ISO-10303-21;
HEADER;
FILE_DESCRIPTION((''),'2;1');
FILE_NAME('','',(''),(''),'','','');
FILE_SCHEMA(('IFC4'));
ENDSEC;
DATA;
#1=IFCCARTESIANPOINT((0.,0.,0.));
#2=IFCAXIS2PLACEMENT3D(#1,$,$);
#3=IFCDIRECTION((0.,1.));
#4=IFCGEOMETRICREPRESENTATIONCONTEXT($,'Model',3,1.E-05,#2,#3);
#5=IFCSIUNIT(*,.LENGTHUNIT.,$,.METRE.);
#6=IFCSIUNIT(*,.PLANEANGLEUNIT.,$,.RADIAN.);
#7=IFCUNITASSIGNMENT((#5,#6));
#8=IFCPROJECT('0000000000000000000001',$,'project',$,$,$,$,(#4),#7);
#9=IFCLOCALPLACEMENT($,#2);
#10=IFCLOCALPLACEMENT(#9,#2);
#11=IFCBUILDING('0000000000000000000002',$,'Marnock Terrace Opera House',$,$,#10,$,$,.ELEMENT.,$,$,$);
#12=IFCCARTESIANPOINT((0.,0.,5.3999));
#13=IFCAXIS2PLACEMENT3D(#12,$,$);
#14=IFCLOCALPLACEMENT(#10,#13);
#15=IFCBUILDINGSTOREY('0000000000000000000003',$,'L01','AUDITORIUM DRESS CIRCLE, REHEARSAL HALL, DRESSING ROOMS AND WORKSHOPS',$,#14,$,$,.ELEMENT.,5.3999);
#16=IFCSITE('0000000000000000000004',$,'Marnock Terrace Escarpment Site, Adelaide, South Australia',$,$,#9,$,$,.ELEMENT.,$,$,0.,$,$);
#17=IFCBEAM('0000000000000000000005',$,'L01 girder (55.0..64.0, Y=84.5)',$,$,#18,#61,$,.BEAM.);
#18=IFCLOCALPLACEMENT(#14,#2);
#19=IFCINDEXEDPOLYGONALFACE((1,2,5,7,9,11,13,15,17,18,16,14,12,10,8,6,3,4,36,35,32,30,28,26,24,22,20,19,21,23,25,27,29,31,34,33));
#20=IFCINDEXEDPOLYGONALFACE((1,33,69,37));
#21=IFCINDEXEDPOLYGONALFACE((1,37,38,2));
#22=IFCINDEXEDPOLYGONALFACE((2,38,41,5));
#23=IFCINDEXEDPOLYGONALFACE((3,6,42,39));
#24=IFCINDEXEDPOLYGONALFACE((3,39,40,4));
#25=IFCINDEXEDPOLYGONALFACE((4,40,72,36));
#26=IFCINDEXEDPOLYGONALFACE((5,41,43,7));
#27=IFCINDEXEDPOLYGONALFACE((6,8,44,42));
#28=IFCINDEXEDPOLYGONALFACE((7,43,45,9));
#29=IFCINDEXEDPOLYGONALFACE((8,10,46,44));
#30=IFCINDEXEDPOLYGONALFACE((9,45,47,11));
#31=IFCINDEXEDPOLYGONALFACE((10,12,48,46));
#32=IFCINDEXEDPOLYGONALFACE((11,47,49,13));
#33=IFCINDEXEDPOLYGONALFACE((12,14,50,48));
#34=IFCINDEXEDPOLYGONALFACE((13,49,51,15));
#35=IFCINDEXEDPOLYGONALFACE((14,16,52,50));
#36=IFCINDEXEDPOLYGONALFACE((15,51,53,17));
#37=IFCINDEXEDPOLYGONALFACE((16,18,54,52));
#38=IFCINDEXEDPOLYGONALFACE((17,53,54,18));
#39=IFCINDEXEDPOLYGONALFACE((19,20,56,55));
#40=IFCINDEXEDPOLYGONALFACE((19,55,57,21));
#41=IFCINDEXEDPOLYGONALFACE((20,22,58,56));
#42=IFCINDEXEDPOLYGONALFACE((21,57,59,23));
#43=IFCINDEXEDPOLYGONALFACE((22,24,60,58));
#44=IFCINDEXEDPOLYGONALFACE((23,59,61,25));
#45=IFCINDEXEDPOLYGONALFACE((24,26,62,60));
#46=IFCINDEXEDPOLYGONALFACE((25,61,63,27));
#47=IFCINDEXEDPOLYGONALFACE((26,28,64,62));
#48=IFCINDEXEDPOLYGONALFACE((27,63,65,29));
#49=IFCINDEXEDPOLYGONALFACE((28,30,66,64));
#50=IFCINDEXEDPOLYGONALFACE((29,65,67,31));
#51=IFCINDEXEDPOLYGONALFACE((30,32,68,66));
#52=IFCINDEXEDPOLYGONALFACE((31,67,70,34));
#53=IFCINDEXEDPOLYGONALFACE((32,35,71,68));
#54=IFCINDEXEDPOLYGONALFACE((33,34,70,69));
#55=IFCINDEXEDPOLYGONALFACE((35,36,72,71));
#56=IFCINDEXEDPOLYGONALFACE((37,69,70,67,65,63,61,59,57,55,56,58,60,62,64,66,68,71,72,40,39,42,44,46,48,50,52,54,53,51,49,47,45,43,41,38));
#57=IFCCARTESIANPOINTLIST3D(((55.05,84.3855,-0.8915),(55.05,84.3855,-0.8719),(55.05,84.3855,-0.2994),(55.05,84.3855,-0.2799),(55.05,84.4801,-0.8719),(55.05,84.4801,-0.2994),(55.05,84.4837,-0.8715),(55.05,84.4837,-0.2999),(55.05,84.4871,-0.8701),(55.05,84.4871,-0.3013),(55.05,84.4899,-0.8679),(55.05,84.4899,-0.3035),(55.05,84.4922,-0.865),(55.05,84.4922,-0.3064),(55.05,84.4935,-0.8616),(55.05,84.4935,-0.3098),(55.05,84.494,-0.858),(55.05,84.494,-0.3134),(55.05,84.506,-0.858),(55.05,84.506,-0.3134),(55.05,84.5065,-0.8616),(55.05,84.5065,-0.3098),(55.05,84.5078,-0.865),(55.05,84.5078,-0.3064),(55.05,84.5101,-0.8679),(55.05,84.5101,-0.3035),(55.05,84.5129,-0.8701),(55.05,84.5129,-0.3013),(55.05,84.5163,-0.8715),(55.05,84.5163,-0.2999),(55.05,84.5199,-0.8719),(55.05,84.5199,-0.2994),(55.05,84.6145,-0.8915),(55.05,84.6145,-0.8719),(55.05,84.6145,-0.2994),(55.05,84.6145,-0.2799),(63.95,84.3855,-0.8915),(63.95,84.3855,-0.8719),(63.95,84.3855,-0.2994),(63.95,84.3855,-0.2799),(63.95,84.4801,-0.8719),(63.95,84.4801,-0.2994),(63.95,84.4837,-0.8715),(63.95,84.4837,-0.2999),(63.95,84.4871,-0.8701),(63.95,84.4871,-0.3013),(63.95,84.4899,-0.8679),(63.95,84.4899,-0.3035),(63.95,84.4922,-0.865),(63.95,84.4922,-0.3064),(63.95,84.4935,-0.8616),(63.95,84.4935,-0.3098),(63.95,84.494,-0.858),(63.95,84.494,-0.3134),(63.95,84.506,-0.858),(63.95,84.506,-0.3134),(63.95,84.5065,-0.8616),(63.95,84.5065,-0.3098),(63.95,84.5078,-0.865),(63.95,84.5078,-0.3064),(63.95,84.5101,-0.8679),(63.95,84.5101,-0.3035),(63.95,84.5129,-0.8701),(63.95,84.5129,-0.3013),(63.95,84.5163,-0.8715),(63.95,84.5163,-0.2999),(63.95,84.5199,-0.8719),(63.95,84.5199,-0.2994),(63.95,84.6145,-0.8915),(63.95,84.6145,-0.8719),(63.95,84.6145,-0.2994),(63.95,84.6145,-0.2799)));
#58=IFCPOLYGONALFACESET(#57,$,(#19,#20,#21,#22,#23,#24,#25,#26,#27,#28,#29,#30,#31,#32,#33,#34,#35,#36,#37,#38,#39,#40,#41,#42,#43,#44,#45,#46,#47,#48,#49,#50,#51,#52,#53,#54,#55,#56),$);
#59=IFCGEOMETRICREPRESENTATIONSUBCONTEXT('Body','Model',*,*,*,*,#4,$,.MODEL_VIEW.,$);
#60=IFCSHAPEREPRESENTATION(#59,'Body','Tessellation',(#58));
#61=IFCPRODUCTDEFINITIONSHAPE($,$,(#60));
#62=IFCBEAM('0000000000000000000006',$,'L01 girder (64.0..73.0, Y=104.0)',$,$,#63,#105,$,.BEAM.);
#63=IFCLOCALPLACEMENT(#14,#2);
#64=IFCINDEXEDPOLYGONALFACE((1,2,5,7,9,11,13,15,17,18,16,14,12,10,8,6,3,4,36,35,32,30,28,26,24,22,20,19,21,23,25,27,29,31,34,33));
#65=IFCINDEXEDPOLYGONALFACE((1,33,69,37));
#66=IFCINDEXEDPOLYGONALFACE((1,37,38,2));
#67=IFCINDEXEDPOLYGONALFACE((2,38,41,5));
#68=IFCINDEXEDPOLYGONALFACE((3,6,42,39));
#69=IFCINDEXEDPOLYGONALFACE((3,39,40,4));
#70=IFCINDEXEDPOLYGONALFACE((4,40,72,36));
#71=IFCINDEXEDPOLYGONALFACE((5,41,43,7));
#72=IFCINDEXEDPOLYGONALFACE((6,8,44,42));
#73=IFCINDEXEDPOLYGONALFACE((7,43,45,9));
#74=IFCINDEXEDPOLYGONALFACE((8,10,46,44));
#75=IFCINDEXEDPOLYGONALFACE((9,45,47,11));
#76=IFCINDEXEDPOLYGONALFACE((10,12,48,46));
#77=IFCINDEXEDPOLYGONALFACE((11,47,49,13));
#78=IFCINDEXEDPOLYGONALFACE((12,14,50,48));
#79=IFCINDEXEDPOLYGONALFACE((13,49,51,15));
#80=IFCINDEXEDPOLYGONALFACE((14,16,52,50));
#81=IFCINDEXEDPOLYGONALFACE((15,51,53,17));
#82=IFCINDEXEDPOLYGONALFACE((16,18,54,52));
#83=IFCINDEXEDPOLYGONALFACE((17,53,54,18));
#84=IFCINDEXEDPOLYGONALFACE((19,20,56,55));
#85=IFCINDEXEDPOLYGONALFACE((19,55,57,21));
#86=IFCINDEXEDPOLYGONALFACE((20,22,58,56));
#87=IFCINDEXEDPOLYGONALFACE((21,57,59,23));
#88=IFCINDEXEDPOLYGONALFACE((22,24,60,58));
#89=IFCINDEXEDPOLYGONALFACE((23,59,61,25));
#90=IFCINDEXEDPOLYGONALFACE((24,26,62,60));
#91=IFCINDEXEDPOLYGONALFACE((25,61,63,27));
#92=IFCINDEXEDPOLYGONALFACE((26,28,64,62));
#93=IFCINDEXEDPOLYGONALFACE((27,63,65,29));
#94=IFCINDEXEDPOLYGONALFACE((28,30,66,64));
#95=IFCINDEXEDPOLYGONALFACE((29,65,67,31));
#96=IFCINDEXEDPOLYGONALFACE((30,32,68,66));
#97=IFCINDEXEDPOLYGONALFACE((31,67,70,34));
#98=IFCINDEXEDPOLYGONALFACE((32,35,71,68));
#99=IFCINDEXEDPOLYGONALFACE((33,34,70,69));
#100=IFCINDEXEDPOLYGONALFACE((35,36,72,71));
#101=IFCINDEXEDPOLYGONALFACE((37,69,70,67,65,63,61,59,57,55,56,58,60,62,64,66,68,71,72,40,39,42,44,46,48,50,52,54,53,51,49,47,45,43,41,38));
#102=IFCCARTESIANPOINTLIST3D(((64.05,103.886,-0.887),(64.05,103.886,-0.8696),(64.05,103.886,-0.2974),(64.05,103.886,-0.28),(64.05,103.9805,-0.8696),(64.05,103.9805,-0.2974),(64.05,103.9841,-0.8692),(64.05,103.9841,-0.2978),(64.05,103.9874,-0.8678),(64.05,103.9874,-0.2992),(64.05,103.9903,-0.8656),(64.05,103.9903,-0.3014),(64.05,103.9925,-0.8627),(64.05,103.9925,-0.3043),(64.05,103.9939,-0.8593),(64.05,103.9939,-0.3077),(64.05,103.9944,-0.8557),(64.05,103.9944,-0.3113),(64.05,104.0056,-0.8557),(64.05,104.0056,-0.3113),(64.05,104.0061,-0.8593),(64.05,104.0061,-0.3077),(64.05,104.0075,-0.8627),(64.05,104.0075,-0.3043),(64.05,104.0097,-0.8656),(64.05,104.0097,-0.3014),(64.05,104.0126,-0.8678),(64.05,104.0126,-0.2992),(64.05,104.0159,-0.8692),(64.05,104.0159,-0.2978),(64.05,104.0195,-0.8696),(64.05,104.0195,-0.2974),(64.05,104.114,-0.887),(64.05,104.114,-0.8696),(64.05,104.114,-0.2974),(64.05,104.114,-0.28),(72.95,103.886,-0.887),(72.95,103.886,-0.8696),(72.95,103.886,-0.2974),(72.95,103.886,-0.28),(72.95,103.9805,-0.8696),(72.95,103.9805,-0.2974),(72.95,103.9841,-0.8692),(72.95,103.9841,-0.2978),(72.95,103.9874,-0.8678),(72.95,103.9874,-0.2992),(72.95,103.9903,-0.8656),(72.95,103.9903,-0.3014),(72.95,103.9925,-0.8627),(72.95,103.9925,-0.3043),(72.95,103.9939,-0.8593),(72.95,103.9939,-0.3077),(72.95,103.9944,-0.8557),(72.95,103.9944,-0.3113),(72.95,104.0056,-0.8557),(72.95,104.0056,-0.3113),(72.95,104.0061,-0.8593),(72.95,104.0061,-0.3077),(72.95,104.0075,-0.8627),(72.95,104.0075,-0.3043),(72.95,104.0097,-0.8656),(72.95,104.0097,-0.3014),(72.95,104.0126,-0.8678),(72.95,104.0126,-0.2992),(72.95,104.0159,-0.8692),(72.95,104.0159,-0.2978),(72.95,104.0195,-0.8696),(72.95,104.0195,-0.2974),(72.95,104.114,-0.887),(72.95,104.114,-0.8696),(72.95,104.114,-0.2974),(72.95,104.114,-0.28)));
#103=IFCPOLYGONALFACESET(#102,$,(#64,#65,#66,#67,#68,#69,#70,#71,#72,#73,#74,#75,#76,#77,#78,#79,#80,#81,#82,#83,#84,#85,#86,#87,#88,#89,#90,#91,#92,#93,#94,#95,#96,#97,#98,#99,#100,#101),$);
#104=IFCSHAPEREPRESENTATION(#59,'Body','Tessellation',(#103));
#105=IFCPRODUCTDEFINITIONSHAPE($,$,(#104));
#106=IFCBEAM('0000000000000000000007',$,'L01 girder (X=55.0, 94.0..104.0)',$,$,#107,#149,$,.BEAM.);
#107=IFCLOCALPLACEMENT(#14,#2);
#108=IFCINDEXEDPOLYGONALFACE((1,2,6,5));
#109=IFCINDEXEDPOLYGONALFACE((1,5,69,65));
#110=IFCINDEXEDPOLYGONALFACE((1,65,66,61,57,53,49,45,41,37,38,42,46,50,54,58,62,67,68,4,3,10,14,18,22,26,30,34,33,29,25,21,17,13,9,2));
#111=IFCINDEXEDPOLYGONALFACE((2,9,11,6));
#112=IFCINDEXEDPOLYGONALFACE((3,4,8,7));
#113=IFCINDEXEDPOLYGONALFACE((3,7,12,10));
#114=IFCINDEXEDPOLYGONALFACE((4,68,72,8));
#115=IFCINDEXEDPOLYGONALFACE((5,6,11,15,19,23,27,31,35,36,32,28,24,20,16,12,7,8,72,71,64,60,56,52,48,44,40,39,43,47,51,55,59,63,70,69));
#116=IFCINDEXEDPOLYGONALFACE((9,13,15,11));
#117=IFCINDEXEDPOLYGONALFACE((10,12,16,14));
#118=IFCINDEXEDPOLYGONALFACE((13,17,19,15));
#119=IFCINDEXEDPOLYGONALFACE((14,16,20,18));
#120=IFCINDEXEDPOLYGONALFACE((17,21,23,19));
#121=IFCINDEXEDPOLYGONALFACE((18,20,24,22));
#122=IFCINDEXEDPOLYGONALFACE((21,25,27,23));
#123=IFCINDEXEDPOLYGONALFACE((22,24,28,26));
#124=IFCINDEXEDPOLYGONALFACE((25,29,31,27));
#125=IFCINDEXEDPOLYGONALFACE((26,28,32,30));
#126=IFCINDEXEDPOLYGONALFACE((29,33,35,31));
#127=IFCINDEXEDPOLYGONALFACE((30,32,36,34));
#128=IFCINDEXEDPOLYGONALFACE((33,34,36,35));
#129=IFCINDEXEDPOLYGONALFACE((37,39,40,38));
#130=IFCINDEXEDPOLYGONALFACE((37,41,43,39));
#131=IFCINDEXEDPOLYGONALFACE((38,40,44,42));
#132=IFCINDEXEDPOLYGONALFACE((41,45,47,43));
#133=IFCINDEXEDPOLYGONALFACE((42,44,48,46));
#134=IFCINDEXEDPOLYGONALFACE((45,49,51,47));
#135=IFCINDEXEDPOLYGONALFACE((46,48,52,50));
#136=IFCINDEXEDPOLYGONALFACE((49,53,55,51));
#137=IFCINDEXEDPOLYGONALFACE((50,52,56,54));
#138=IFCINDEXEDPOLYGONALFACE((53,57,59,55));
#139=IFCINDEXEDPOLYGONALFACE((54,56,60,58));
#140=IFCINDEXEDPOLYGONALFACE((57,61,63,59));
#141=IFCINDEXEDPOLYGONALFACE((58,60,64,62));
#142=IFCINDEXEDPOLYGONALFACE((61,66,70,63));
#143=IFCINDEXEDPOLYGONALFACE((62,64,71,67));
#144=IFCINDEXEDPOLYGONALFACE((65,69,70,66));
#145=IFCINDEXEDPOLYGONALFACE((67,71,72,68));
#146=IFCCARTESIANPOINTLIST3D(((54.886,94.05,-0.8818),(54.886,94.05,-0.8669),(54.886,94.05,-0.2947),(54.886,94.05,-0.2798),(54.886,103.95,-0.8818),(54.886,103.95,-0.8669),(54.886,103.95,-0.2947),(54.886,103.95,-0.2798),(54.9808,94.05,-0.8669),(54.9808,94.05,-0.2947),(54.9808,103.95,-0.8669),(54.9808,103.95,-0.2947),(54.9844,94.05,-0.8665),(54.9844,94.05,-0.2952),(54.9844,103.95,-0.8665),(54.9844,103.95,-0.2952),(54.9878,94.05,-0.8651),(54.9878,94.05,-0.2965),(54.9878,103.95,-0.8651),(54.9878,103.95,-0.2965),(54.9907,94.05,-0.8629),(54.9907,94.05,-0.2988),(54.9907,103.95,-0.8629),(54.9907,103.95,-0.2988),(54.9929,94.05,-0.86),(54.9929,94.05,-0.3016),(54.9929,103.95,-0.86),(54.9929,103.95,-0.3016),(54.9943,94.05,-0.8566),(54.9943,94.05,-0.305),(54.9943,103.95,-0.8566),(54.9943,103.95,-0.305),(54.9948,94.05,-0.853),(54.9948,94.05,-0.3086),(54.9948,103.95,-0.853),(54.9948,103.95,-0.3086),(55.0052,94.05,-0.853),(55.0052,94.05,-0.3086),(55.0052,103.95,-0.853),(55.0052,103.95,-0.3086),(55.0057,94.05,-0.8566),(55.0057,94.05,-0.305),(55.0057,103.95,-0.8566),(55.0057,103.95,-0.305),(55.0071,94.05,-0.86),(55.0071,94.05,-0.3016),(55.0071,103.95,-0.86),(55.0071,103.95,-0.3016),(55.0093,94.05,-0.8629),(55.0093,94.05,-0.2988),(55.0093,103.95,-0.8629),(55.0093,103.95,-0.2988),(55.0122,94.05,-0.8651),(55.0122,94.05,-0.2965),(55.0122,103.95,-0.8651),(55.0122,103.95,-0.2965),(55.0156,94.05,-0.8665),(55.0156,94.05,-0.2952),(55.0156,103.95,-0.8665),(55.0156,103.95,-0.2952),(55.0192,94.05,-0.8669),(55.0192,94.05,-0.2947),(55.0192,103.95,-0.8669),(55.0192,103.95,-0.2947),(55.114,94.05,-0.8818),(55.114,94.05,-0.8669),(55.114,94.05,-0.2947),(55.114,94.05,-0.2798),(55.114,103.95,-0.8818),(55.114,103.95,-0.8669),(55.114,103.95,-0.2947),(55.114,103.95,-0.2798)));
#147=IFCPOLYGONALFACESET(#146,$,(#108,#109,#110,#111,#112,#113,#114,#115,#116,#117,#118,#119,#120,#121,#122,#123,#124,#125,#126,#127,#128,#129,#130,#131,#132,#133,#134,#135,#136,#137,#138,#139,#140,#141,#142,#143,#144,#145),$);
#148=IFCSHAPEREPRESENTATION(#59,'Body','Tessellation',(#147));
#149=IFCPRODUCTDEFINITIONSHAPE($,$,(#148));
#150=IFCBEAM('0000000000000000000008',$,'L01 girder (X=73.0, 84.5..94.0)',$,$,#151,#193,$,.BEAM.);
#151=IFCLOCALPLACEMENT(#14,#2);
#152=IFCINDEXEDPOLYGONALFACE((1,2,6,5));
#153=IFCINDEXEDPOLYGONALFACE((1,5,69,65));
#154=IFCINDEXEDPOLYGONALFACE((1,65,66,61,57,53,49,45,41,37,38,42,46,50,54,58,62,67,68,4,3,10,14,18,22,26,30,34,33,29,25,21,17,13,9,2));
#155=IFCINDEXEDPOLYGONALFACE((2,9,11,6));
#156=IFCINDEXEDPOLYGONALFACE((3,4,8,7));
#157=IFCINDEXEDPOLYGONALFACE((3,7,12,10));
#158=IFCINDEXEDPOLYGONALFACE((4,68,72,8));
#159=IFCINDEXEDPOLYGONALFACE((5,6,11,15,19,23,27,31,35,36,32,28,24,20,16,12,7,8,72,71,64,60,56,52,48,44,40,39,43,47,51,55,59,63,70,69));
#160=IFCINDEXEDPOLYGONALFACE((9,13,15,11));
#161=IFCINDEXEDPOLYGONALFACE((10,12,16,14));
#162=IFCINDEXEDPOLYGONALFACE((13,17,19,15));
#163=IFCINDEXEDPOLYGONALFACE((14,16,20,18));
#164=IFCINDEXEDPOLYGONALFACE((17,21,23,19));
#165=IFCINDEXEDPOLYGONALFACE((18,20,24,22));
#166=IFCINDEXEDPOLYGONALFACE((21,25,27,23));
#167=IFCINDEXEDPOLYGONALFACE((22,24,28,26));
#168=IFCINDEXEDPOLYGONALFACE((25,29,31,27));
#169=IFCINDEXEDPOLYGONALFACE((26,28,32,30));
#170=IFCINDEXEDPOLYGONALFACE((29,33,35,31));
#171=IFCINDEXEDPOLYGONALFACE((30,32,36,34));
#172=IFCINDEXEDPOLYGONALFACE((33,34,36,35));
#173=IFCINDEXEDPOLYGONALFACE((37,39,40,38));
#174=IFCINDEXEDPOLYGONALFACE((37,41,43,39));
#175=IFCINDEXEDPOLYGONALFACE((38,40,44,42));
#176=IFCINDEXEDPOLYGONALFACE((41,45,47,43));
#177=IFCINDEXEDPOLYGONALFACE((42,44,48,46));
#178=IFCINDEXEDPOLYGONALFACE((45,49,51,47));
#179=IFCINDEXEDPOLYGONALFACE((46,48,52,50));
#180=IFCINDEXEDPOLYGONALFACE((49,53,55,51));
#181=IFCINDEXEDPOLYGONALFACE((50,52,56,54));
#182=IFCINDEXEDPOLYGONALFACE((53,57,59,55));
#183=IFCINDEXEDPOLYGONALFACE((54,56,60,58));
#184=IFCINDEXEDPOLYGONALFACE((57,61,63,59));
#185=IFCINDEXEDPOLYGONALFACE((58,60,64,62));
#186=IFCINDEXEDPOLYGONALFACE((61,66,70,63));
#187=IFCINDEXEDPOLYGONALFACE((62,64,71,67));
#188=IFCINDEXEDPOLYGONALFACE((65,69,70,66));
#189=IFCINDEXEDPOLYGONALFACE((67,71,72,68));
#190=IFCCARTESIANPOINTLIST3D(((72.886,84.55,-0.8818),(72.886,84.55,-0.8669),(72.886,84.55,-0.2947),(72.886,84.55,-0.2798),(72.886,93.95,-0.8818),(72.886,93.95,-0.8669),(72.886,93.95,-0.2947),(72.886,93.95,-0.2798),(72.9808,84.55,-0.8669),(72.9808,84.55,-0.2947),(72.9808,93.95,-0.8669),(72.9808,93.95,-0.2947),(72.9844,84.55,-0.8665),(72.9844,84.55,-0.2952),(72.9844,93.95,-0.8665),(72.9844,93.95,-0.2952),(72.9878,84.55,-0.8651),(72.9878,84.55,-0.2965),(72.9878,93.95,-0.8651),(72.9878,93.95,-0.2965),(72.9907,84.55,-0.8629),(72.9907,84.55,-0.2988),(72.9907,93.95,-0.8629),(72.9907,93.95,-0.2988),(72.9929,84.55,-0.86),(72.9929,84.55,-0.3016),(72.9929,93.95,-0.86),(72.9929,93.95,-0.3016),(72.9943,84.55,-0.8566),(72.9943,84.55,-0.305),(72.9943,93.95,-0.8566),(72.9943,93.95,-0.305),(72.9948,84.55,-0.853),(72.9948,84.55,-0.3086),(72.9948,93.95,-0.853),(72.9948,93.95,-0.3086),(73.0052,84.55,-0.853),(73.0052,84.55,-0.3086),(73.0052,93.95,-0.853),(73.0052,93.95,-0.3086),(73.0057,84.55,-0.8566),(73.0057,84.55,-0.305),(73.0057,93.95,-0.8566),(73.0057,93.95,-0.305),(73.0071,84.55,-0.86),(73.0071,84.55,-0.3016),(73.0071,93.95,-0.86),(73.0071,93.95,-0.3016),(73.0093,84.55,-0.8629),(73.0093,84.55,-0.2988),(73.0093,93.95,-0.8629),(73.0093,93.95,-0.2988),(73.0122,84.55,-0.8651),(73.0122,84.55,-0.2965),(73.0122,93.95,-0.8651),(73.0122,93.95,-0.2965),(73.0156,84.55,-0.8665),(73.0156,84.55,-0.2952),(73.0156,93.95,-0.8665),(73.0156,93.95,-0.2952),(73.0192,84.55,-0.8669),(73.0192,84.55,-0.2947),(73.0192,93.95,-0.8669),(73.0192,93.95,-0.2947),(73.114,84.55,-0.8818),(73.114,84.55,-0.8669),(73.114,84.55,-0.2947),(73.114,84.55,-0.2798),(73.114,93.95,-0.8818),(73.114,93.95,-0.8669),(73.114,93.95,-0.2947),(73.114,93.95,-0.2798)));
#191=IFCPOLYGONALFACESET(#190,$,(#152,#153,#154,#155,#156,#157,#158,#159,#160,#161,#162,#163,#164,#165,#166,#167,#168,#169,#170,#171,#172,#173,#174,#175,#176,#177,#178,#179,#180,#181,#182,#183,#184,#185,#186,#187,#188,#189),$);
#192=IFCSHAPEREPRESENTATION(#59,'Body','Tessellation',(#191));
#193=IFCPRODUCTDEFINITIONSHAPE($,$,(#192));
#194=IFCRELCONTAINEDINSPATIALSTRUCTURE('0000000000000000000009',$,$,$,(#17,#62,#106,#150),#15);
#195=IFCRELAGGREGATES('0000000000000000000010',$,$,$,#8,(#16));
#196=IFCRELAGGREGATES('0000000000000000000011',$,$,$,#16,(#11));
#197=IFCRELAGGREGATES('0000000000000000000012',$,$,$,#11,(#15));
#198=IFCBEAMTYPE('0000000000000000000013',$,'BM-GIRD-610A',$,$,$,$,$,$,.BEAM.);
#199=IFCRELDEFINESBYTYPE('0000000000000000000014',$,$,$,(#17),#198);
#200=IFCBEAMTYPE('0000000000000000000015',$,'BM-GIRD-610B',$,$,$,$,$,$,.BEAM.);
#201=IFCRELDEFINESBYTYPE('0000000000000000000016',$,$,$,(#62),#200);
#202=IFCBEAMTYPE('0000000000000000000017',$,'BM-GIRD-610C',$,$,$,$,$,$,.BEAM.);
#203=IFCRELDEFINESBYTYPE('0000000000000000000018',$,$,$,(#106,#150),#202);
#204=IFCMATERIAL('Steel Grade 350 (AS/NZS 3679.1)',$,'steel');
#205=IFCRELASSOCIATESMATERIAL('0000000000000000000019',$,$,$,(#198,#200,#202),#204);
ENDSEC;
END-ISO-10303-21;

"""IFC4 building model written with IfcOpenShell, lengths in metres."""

from ifc_helpers import new_model, si_unit, direction, frame, origin, origin_2d, place, context, subcontext, project, spatial, i_section, extrude, material, material_profile, profile_set, type_object, element, save


model = new_model("IFC4")

# Units and contexts
model_context = context("Model", 3, precision=1e-05, world=origin(), true_north=direction((0.0, 1.0)))
body_context = subcontext(model_context, "Body", "Model", "MODEL_VIEW")
ifc_project = project(units=[si_unit("LENGTHUNIT", "METRE"), si_unit("PLANEANGLEUNIT", "RADIAN")], contexts=[model_context])

# Site, building, storey
site_placement = place(None, origin())
site = spatial("IfcSite", under=ifc_project, at=site_placement, Name="Marnock Terrace Escarpment Site, Adelaide, South Australia", CompositionType="ELEMENT", RefElevation=0.0)
building_placement = place(site_placement, origin())
building = spatial("IfcBuilding", under=site, at=building_placement, Name="Marnock Terrace Opera House", CompositionType="ELEMENT")
storey_placement = place(building_placement, frame((0.0, 0.0, 5.3999)))
storey = spatial("IfcBuildingStorey", under=building, at=storey_placement, Name="L01", Description="AUDITORIUM DRESS CIRCLE, REHEARSAL HALL, DRESSING ROOMS AND WORKSHOPS", CompositionType="ELEMENT", Elevation=5.3999)

# Beams
ifc_material_1 = material(Name="Steel Grade 350 (AS/NZS 3679.1)", Category="steel")
ifc_material_profile_1 = material_profile(ifc_material_1, i_section(OverallWidth=0.229, OverallDepth=0.6116, WebThickness=0.012, FlangeThickness=0.0195, FilletRadius=0.0139, at=origin_2d()))
ifc_profile_set_1 = profile_set([ifc_material_profile_1], Name="Steel Grade 350 (AS/NZS 3679.1)")
beam_type_1 = type_object("IfcBeamType", Name="BM-GIRD-610A", PredefinedType="BEAM", material=ifc_profile_set_1)
beam_1_placement = place(storey_placement, frame((55.05, 84.5, -0.5857), z_axis=(1.0, 0.0, 0.0), x_axis=(0.0, 1.0, 0.0)))
element("IfcBeam", 1, at=beam_1_placement, inside=storey, type_object=beam_type_1, Name="L01 girder (55.0..64.0, Y=84.5)", PredefinedType="BEAM", context=body_context, shape_type="SweptSolid", body=[
    extrude(i_section(OverallWidth=0.229, OverallDepth=0.6116, WebThickness=0.012, FlangeThickness=0.0195, FilletRadius=0.0139, at=origin_2d()), origin(), (0.0, 0.0, 1.0), 8.8999),
])
ifc_material_profile_2 = material_profile(ifc_material_1, i_section(OverallWidth=0.228, OverallDepth=0.6069, WebThickness=0.0112, FlangeThickness=0.0173, FilletRadius=0.0139, at=origin_2d()))
ifc_profile_set_2 = profile_set([ifc_material_profile_2], Name="Steel Grade 350 (AS/NZS 3679.1)")
beam_type_2 = type_object("IfcBeamType", Name="BM-GIRD-610B", PredefinedType="BEAM", material=ifc_profile_set_2)
beam_2_placement = place(storey_placement, frame((64.05, 104.0, -0.5835), z_axis=(1.0, 0.0, 0.0), x_axis=(0.0, 1.0, 0.0)))
element("IfcBeam", 2, at=beam_2_placement, inside=storey, type_object=beam_type_2, Name="L01 girder (64.0..73.0, Y=104.0)", PredefinedType="BEAM", context=body_context, shape_type="SweptSolid", body=[
    extrude(i_section(OverallWidth=0.228, OverallDepth=0.6069, WebThickness=0.0112, FlangeThickness=0.0173, FilletRadius=0.0139, at=origin_2d()), origin(), (0.0, 0.0, 1.0), 8.8999),
])
ifc_material_profile_3 = material_profile(ifc_material_1, i_section(OverallWidth=0.228, OverallDepth=0.6021, WebThickness=0.0105, FlangeThickness=0.0149, FilletRadius=0.0139, at=origin_2d()))
ifc_profile_set_3 = profile_set([ifc_material_profile_3], Name="Steel Grade 350 (AS/NZS 3679.1)")
beam_type_3 = type_object("IfcBeamType", Name="BM-GIRD-610C", PredefinedType="BEAM", material=ifc_profile_set_3)
beam_3_placement = place(storey_placement, frame((55.0, 94.05, -0.5808), z_axis=(0.0, 1.0, 0.0), x_axis=(-1.0, 0.0, 0.0)))
element("IfcBeam", 3, at=beam_3_placement, inside=storey, type_object=beam_type_3, Name="L01 girder (X=55.0, 94.0..104.0)", PredefinedType="BEAM", context=body_context, shape_type="SweptSolid", body=[
    extrude(i_section(OverallWidth=0.228, OverallDepth=0.6021, WebThickness=0.0105, FlangeThickness=0.0149, FilletRadius=0.0139, at=origin_2d()), origin(), (0.0, 0.0, 1.0), 9.8999),
])
beam_4_placement = place(storey_placement, frame((73.0, 84.55, -0.5808), z_axis=(0.0, 1.0, 0.0), x_axis=(-1.0, 0.0, 0.0)))
element("IfcBeam", 4, at=beam_4_placement, inside=storey, type_object=beam_type_3, Name="L01 girder (X=73.0, 84.5..94.0)", PredefinedType="BEAM", context=body_context, shape_type="SweptSolid", body=[
    extrude(i_section(OverallWidth=0.228, OverallDepth=0.6021, WebThickness=0.0105, FlangeThickness=0.0149, FilletRadius=0.0139, at=origin_2d()), origin(), (0.0, 0.0, 1.0), 9.3999),
])

save(model, "model.ifc")
